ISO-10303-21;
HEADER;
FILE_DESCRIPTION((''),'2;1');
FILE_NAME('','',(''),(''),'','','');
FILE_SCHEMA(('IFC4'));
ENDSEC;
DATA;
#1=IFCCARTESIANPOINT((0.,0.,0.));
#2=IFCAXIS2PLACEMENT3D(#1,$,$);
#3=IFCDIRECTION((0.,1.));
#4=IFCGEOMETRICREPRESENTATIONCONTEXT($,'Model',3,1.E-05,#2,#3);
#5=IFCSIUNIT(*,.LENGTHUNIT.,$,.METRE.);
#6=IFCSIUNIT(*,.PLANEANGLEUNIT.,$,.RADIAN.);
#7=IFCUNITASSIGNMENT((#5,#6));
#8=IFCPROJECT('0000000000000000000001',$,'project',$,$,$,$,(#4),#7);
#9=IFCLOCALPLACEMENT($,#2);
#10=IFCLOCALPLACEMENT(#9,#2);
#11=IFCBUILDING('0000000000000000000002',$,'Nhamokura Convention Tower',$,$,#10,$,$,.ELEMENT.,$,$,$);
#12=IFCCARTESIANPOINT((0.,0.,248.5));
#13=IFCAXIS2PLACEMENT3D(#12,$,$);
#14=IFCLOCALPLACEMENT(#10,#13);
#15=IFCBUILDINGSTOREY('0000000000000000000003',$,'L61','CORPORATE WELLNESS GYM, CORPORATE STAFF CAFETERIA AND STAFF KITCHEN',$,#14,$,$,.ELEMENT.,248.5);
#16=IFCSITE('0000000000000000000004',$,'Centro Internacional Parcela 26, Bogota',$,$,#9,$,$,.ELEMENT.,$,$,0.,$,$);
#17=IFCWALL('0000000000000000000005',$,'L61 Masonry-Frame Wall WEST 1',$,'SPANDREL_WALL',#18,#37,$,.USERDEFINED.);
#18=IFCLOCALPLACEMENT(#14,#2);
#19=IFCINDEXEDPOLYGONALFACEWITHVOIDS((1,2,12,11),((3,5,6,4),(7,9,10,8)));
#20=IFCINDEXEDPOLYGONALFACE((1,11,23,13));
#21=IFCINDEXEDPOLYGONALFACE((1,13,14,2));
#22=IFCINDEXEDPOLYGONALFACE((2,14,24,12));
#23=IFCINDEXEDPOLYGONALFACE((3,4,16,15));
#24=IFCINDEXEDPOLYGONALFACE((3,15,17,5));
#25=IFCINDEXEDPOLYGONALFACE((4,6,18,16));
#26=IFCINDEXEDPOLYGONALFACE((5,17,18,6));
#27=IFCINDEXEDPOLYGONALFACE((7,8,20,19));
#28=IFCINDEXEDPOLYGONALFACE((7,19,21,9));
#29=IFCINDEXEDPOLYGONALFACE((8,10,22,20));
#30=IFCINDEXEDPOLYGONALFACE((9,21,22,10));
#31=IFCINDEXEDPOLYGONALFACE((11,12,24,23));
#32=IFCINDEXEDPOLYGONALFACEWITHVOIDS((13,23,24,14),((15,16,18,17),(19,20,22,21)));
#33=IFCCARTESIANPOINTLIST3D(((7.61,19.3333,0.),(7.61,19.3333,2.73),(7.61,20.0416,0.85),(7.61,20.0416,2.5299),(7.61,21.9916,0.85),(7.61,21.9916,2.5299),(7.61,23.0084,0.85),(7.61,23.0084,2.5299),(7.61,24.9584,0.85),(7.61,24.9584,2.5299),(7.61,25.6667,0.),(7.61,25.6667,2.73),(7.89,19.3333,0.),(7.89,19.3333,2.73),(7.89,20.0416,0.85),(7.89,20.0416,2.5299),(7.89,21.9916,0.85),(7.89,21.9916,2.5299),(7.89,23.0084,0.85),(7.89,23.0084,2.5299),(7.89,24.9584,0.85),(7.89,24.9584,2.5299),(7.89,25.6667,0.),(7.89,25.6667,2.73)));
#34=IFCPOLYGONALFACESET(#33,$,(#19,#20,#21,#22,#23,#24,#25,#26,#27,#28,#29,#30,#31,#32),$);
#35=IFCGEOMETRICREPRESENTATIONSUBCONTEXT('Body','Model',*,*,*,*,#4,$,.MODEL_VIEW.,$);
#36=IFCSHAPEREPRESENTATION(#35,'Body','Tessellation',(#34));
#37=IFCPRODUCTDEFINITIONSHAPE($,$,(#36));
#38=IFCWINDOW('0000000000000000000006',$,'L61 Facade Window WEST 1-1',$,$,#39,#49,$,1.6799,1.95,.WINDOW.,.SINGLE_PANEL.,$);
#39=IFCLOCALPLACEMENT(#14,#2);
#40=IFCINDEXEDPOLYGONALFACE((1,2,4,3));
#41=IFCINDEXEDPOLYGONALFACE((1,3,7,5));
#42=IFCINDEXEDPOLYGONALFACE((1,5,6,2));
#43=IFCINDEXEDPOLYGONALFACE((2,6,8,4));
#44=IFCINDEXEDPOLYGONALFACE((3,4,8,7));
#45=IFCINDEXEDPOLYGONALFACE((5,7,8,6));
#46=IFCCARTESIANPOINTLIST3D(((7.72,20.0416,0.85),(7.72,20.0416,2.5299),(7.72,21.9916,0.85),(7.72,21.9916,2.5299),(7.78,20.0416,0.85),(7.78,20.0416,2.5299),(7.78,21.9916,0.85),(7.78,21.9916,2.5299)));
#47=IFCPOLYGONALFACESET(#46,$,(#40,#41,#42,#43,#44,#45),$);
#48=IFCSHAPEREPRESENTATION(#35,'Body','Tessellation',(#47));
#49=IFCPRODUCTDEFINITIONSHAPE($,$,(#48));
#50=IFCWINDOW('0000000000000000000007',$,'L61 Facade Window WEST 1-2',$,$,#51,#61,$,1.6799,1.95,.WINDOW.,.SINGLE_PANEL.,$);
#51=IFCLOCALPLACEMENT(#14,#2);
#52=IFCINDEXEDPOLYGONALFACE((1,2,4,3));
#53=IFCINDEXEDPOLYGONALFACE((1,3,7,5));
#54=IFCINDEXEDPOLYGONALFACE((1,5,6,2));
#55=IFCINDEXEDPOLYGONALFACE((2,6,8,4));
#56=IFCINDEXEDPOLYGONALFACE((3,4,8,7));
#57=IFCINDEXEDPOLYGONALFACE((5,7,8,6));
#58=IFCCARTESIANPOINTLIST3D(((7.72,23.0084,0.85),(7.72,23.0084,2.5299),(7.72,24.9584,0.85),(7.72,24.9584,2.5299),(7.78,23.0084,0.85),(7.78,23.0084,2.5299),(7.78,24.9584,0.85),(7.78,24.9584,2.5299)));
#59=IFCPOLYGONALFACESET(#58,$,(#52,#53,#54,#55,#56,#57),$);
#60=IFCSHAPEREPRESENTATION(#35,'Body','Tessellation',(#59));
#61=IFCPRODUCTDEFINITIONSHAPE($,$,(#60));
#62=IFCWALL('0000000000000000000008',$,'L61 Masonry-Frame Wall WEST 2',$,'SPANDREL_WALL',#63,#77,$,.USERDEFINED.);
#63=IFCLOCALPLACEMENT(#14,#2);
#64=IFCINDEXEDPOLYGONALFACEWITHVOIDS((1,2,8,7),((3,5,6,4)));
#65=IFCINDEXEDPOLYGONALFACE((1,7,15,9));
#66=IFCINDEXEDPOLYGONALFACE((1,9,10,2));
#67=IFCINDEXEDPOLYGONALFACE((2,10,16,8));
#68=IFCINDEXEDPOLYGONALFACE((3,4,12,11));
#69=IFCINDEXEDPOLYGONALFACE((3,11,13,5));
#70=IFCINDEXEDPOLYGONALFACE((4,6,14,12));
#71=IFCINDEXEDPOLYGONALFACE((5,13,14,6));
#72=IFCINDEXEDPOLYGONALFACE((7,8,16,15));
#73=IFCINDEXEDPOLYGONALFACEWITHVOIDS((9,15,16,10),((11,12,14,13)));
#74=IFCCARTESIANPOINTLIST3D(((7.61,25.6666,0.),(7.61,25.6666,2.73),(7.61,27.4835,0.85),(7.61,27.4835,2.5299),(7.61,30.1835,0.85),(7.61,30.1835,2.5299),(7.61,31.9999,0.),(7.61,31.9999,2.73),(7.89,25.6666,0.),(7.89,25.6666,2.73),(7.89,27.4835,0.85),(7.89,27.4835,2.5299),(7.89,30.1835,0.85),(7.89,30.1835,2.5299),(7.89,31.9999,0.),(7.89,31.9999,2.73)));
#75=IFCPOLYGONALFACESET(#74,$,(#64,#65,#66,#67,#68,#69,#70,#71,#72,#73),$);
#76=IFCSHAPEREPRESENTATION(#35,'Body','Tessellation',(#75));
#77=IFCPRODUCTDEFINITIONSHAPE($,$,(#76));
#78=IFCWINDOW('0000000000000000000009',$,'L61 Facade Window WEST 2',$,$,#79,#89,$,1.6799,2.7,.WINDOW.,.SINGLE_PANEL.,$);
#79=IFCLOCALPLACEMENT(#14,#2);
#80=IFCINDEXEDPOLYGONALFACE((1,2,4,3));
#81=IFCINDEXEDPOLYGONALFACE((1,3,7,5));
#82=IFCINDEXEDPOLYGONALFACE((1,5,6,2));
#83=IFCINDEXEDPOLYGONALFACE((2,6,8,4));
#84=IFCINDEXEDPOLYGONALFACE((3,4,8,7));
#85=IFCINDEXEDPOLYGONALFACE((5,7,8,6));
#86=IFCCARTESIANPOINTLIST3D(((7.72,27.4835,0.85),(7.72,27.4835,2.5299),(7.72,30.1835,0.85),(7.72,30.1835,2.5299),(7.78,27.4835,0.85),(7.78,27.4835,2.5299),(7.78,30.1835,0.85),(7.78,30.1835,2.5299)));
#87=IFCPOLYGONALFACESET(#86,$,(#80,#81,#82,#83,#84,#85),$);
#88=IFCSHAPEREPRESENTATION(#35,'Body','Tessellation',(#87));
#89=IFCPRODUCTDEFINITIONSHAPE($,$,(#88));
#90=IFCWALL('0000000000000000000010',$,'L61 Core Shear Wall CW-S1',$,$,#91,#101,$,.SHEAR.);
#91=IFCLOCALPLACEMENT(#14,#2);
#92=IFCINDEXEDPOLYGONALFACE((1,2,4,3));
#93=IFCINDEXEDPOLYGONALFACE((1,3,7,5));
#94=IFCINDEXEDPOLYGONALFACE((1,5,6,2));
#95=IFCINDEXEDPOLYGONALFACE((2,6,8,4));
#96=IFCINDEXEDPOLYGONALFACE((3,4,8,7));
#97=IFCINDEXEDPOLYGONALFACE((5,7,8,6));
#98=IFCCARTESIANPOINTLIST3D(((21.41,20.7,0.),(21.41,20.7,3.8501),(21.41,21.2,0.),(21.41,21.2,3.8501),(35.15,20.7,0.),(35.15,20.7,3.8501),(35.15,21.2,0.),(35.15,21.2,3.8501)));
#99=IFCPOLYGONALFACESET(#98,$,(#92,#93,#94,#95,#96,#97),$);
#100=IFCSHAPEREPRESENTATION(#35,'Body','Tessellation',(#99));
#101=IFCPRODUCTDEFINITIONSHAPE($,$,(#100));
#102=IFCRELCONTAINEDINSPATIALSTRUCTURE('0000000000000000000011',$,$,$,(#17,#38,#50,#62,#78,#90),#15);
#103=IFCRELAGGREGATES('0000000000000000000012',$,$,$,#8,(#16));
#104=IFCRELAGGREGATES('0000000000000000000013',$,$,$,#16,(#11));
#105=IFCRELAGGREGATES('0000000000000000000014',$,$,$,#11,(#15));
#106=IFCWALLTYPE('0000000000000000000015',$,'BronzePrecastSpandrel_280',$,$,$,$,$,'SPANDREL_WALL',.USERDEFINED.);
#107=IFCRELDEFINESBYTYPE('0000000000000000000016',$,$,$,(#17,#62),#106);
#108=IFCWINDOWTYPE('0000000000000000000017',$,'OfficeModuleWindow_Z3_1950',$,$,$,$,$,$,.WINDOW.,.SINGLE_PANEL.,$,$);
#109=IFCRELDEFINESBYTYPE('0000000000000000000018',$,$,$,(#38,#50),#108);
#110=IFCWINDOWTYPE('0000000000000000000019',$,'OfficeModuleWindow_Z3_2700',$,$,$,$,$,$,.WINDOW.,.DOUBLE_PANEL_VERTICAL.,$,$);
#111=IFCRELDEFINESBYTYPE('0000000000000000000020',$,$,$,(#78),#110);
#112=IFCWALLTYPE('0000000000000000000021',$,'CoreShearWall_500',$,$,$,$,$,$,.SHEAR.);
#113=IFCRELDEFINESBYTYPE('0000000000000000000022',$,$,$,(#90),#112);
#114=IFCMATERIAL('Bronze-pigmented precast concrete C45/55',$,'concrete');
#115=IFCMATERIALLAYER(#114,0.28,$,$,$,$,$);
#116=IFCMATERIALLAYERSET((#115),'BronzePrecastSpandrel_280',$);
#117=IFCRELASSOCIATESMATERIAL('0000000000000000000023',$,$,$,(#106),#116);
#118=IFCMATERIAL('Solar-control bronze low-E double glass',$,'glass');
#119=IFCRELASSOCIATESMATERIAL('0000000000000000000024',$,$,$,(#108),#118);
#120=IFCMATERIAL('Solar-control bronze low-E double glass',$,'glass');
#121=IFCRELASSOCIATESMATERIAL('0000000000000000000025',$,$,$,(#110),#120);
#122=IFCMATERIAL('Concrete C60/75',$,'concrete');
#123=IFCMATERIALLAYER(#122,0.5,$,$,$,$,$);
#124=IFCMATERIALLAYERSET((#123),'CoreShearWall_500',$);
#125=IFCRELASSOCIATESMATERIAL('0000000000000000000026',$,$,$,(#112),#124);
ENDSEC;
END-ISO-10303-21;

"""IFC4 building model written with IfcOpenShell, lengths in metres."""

from ifc_helpers import new_model, si_unit, direction, frame, frame_2d, origin, place, context, subcontext, project, spatial, rectangle, extrude, material, layer, layer_set, type_object, element, fill, save


model = new_model("IFC4")

# Units and contexts
model_context = context("Model", 3, precision=1e-05, world=origin(), true_north=direction((0.0, 1.0)))
body_context = subcontext(model_context, "Body", "Model", "MODEL_VIEW")
ifc_project = project(units=[si_unit("LENGTHUNIT", "METRE"), si_unit("PLANEANGLEUNIT", "RADIAN")], contexts=[model_context])

# Site, building, storey
site_placement = place(None, origin())
site = spatial("IfcSite", under=ifc_project, at=site_placement, Name="Centro Internacional Parcela 26, Bogota", CompositionType="ELEMENT", RefElevation=0.0)
building_placement = place(site_placement, origin())
building = spatial("IfcBuilding", under=site, at=building_placement, Name="Nhamokura Convention Tower", CompositionType="ELEMENT")
storey_placement = place(building_placement, frame((0.0, 0.0, 248.5)))
storey = spatial("IfcBuildingStorey", under=building, at=storey_placement, Name="L61", Description="CORPORATE WELLNESS GYM, CORPORATE STAFF CAFETERIA AND STAFF KITCHEN", CompositionType="ELEMENT", Elevation=248.5)

# Wall, openings, windows
ifc_material_1 = material(Name="Bronze-pigmented precast concrete C45/55", Category="concrete")
ifc_layer_1 = layer(ifc_material_1, 0.28)
ifc_layer_set_1 = layer_set([ifc_layer_1], Name="BronzePrecastSpandrel_280")
wall_type_1 = type_object("IfcWallType", Name="BronzePrecastSpandrel_280", ElementType="SPANDREL_WALL", PredefinedType="USERDEFINED", material=ifc_layer_set_1)
wall_1_placement = place(storey_placement, frame((7.75, 19.3333, 0.0), z_axis=(0.0, 0.0, 1.0), x_axis=(0.0, 1.0, 0.0)))
wall_1 = element("IfcWall", 1, at=wall_1_placement, inside=storey, type_object=wall_type_1, Name="L61 Masonry-Frame Wall WEST 1", ObjectType="SPANDREL_WALL", PredefinedType="USERDEFINED", context=body_context, shape_type="SweptSolid", body=[
    extrude(rectangle(XDim=6.3335, YDim=0.28, at=frame_2d((3.1667, 0.0))), origin(), (0.0, 0.0, 1.0), 2.73),
])
opening_1_placement = place(wall_1_placement, frame((0.7083, 0.0, 0.8501)))
opening_1 = element("IfcOpeningElement", 2, at=opening_1_placement, cuts=wall_1, PredefinedType="OPENING", context=body_context, shape_type="SweptSolid", body=[
    extrude(rectangle(XDim=1.95, YDim=1.6799, at=frame_2d((0.9751, 0.8398))), frame((0.0, 0.1499, 0.0), z_axis=(0.0, -1.0, 0.0), x_axis=(1.0, 0.0, 0.0)), (0.0, 0.0, 1.0), 0.3),
])
opening_2_placement = place(wall_1_placement, frame((3.675, 0.0, 0.8501)))
opening_2 = element("IfcOpeningElement", 3, at=opening_2_placement, cuts=wall_1, PredefinedType="OPENING", context=body_context, shape_type="SweptSolid", body=[
    extrude(rectangle(XDim=1.95, YDim=1.6799, at=frame_2d((0.9751, 0.8398))), frame((0.0, 0.1499, 0.0), z_axis=(0.0, -1.0, 0.0), x_axis=(1.0, 0.0, 0.0)), (0.0, 0.0, 1.0), 0.3),
])
ifc_material_2 = material(Name="Solar-control bronze low-E double glass", Category="glass")
window_type_1 = type_object("IfcWindowType", Name="OfficeModuleWindow_Z3_1950", PartitioningType="SINGLE_PANEL", PredefinedType="WINDOW", material=ifc_material_2)
window_1_placement = place(opening_1_placement, origin())
window_1 = element("IfcWindow", 4, at=window_1_placement, inside=storey, type_object=window_type_1, Name="L61 Facade Window WEST 1-1", OverallHeight=1.6799, OverallWidth=1.95, PartitioningType="SINGLE_PANEL", PredefinedType="WINDOW", context=body_context, shape_type="SweptSolid", body=[
    extrude(rectangle(XDim=1.95, YDim=1.6799, at=frame_2d((0.9751, 0.8398))), frame((0.0, 0.03, 0.0), z_axis=(0.0, -1.0, 0.0), x_axis=(1.0, 0.0, 0.0)), (0.0, 0.0, 1.0), 0.0601),
])
fill(opening_1, window_1)
window_2_placement = place(opening_2_placement, origin())
window_2 = element("IfcWindow", 5, at=window_2_placement, inside=storey, type_object=window_type_1, Name="L61 Facade Window WEST 1-2", OverallHeight=1.6799, OverallWidth=1.95, PartitioningType="SINGLE_PANEL", PredefinedType="WINDOW", context=body_context, shape_type="SweptSolid", body=[
    extrude(rectangle(XDim=1.95, YDim=1.6799, at=frame_2d((0.9751, 0.8398))), frame((0.0, 0.03, 0.0), z_axis=(0.0, -1.0, 0.0), x_axis=(1.0, 0.0, 0.0)), (0.0, 0.0, 1.0), 0.0601),
])
fill(opening_2, window_2)

# Wall, opening, window
wall_2_placement = place(storey_placement, frame((7.75, 25.6667, 0.0), z_axis=(0.0, 0.0, 1.0), x_axis=(0.0, 1.0, 0.0)))
wall_2 = element("IfcWall", 6, at=wall_2_placement, inside=storey, type_object=wall_type_1, Name="L61 Masonry-Frame Wall WEST 2", ObjectType="SPANDREL_WALL", PredefinedType="USERDEFINED", context=body_context, shape_type="SweptSolid", body=[
    extrude(rectangle(XDim=6.3333, YDim=0.28, at=frame_2d((3.1665, 0.0))), origin(), (0.0, 0.0, 1.0), 2.73),
])
opening_3_placement = place(wall_2_placement, frame((1.8167, 0.0, 0.8501)))
opening_3 = element("IfcOpeningElement", 7, at=opening_3_placement, cuts=wall_2, PredefinedType="OPENING", context=body_context, shape_type="SweptSolid", body=[
    extrude(rectangle(XDim=2.7, YDim=1.6799, at=frame_2d((1.3501, 0.8398))), frame((0.0, 0.1499, 0.0), z_axis=(0.0, -1.0, 0.0), x_axis=(1.0, 0.0, 0.0)), (0.0, 0.0, 1.0), 0.3),
])
ifc_material_3 = material(Name="Solar-control bronze low-E double glass", Category="glass")
window_type_2 = type_object("IfcWindowType", Name="OfficeModuleWindow_Z3_2700", PartitioningType="DOUBLE_PANEL_VERTICAL", PredefinedType="WINDOW", material=ifc_material_3)
window_3_placement = place(opening_3_placement, origin())
window_3 = element("IfcWindow", 8, at=window_3_placement, inside=storey, type_object=window_type_2, Name="L61 Facade Window WEST 2", OverallHeight=1.6799, OverallWidth=2.7, PartitioningType="SINGLE_PANEL", PredefinedType="WINDOW", context=body_context, shape_type="SweptSolid", body=[
    extrude(rectangle(XDim=2.7, YDim=1.6799, at=frame_2d((1.3501, 0.8398))), frame((0.0, 0.03, 0.0), z_axis=(0.0, -1.0, 0.0), x_axis=(1.0, 0.0, 0.0)), (0.0, 0.0, 1.0), 0.0601),
])
fill(opening_3, window_3)

# Shared definitions
ifc_material_4 = material(Name="Concrete C60/75", Category="concrete")
ifc_layer_2 = layer(ifc_material_4, 0.5)
ifc_layer_set_2 = layer_set([ifc_layer_2], Name="CoreShearWall_500")
wall_type_2 = type_object("IfcWallType", Name="CoreShearWall_500", PredefinedType="SHEAR", material=ifc_layer_set_2)

# Wall
wall_3_placement = place(storey_placement, frame((21.4099, 20.95, 0.0), z_axis=(0.0, 0.0, 1.0), x_axis=(1.0, 0.0, 0.0)))
element("IfcWall", 9, at=wall_3_placement, inside=storey, type_object=wall_type_2, Name="L61 Core Shear Wall CW-S1", PredefinedType="SHEAR", context=body_context, shape_type="SweptSolid", body=[
    extrude(rectangle(XDim=13.74, YDim=0.5, at=frame_2d((6.8701, 0.0))), origin(), (0.0, 0.0, 1.0), 3.8501),
])

save(model, "model.ifc")
